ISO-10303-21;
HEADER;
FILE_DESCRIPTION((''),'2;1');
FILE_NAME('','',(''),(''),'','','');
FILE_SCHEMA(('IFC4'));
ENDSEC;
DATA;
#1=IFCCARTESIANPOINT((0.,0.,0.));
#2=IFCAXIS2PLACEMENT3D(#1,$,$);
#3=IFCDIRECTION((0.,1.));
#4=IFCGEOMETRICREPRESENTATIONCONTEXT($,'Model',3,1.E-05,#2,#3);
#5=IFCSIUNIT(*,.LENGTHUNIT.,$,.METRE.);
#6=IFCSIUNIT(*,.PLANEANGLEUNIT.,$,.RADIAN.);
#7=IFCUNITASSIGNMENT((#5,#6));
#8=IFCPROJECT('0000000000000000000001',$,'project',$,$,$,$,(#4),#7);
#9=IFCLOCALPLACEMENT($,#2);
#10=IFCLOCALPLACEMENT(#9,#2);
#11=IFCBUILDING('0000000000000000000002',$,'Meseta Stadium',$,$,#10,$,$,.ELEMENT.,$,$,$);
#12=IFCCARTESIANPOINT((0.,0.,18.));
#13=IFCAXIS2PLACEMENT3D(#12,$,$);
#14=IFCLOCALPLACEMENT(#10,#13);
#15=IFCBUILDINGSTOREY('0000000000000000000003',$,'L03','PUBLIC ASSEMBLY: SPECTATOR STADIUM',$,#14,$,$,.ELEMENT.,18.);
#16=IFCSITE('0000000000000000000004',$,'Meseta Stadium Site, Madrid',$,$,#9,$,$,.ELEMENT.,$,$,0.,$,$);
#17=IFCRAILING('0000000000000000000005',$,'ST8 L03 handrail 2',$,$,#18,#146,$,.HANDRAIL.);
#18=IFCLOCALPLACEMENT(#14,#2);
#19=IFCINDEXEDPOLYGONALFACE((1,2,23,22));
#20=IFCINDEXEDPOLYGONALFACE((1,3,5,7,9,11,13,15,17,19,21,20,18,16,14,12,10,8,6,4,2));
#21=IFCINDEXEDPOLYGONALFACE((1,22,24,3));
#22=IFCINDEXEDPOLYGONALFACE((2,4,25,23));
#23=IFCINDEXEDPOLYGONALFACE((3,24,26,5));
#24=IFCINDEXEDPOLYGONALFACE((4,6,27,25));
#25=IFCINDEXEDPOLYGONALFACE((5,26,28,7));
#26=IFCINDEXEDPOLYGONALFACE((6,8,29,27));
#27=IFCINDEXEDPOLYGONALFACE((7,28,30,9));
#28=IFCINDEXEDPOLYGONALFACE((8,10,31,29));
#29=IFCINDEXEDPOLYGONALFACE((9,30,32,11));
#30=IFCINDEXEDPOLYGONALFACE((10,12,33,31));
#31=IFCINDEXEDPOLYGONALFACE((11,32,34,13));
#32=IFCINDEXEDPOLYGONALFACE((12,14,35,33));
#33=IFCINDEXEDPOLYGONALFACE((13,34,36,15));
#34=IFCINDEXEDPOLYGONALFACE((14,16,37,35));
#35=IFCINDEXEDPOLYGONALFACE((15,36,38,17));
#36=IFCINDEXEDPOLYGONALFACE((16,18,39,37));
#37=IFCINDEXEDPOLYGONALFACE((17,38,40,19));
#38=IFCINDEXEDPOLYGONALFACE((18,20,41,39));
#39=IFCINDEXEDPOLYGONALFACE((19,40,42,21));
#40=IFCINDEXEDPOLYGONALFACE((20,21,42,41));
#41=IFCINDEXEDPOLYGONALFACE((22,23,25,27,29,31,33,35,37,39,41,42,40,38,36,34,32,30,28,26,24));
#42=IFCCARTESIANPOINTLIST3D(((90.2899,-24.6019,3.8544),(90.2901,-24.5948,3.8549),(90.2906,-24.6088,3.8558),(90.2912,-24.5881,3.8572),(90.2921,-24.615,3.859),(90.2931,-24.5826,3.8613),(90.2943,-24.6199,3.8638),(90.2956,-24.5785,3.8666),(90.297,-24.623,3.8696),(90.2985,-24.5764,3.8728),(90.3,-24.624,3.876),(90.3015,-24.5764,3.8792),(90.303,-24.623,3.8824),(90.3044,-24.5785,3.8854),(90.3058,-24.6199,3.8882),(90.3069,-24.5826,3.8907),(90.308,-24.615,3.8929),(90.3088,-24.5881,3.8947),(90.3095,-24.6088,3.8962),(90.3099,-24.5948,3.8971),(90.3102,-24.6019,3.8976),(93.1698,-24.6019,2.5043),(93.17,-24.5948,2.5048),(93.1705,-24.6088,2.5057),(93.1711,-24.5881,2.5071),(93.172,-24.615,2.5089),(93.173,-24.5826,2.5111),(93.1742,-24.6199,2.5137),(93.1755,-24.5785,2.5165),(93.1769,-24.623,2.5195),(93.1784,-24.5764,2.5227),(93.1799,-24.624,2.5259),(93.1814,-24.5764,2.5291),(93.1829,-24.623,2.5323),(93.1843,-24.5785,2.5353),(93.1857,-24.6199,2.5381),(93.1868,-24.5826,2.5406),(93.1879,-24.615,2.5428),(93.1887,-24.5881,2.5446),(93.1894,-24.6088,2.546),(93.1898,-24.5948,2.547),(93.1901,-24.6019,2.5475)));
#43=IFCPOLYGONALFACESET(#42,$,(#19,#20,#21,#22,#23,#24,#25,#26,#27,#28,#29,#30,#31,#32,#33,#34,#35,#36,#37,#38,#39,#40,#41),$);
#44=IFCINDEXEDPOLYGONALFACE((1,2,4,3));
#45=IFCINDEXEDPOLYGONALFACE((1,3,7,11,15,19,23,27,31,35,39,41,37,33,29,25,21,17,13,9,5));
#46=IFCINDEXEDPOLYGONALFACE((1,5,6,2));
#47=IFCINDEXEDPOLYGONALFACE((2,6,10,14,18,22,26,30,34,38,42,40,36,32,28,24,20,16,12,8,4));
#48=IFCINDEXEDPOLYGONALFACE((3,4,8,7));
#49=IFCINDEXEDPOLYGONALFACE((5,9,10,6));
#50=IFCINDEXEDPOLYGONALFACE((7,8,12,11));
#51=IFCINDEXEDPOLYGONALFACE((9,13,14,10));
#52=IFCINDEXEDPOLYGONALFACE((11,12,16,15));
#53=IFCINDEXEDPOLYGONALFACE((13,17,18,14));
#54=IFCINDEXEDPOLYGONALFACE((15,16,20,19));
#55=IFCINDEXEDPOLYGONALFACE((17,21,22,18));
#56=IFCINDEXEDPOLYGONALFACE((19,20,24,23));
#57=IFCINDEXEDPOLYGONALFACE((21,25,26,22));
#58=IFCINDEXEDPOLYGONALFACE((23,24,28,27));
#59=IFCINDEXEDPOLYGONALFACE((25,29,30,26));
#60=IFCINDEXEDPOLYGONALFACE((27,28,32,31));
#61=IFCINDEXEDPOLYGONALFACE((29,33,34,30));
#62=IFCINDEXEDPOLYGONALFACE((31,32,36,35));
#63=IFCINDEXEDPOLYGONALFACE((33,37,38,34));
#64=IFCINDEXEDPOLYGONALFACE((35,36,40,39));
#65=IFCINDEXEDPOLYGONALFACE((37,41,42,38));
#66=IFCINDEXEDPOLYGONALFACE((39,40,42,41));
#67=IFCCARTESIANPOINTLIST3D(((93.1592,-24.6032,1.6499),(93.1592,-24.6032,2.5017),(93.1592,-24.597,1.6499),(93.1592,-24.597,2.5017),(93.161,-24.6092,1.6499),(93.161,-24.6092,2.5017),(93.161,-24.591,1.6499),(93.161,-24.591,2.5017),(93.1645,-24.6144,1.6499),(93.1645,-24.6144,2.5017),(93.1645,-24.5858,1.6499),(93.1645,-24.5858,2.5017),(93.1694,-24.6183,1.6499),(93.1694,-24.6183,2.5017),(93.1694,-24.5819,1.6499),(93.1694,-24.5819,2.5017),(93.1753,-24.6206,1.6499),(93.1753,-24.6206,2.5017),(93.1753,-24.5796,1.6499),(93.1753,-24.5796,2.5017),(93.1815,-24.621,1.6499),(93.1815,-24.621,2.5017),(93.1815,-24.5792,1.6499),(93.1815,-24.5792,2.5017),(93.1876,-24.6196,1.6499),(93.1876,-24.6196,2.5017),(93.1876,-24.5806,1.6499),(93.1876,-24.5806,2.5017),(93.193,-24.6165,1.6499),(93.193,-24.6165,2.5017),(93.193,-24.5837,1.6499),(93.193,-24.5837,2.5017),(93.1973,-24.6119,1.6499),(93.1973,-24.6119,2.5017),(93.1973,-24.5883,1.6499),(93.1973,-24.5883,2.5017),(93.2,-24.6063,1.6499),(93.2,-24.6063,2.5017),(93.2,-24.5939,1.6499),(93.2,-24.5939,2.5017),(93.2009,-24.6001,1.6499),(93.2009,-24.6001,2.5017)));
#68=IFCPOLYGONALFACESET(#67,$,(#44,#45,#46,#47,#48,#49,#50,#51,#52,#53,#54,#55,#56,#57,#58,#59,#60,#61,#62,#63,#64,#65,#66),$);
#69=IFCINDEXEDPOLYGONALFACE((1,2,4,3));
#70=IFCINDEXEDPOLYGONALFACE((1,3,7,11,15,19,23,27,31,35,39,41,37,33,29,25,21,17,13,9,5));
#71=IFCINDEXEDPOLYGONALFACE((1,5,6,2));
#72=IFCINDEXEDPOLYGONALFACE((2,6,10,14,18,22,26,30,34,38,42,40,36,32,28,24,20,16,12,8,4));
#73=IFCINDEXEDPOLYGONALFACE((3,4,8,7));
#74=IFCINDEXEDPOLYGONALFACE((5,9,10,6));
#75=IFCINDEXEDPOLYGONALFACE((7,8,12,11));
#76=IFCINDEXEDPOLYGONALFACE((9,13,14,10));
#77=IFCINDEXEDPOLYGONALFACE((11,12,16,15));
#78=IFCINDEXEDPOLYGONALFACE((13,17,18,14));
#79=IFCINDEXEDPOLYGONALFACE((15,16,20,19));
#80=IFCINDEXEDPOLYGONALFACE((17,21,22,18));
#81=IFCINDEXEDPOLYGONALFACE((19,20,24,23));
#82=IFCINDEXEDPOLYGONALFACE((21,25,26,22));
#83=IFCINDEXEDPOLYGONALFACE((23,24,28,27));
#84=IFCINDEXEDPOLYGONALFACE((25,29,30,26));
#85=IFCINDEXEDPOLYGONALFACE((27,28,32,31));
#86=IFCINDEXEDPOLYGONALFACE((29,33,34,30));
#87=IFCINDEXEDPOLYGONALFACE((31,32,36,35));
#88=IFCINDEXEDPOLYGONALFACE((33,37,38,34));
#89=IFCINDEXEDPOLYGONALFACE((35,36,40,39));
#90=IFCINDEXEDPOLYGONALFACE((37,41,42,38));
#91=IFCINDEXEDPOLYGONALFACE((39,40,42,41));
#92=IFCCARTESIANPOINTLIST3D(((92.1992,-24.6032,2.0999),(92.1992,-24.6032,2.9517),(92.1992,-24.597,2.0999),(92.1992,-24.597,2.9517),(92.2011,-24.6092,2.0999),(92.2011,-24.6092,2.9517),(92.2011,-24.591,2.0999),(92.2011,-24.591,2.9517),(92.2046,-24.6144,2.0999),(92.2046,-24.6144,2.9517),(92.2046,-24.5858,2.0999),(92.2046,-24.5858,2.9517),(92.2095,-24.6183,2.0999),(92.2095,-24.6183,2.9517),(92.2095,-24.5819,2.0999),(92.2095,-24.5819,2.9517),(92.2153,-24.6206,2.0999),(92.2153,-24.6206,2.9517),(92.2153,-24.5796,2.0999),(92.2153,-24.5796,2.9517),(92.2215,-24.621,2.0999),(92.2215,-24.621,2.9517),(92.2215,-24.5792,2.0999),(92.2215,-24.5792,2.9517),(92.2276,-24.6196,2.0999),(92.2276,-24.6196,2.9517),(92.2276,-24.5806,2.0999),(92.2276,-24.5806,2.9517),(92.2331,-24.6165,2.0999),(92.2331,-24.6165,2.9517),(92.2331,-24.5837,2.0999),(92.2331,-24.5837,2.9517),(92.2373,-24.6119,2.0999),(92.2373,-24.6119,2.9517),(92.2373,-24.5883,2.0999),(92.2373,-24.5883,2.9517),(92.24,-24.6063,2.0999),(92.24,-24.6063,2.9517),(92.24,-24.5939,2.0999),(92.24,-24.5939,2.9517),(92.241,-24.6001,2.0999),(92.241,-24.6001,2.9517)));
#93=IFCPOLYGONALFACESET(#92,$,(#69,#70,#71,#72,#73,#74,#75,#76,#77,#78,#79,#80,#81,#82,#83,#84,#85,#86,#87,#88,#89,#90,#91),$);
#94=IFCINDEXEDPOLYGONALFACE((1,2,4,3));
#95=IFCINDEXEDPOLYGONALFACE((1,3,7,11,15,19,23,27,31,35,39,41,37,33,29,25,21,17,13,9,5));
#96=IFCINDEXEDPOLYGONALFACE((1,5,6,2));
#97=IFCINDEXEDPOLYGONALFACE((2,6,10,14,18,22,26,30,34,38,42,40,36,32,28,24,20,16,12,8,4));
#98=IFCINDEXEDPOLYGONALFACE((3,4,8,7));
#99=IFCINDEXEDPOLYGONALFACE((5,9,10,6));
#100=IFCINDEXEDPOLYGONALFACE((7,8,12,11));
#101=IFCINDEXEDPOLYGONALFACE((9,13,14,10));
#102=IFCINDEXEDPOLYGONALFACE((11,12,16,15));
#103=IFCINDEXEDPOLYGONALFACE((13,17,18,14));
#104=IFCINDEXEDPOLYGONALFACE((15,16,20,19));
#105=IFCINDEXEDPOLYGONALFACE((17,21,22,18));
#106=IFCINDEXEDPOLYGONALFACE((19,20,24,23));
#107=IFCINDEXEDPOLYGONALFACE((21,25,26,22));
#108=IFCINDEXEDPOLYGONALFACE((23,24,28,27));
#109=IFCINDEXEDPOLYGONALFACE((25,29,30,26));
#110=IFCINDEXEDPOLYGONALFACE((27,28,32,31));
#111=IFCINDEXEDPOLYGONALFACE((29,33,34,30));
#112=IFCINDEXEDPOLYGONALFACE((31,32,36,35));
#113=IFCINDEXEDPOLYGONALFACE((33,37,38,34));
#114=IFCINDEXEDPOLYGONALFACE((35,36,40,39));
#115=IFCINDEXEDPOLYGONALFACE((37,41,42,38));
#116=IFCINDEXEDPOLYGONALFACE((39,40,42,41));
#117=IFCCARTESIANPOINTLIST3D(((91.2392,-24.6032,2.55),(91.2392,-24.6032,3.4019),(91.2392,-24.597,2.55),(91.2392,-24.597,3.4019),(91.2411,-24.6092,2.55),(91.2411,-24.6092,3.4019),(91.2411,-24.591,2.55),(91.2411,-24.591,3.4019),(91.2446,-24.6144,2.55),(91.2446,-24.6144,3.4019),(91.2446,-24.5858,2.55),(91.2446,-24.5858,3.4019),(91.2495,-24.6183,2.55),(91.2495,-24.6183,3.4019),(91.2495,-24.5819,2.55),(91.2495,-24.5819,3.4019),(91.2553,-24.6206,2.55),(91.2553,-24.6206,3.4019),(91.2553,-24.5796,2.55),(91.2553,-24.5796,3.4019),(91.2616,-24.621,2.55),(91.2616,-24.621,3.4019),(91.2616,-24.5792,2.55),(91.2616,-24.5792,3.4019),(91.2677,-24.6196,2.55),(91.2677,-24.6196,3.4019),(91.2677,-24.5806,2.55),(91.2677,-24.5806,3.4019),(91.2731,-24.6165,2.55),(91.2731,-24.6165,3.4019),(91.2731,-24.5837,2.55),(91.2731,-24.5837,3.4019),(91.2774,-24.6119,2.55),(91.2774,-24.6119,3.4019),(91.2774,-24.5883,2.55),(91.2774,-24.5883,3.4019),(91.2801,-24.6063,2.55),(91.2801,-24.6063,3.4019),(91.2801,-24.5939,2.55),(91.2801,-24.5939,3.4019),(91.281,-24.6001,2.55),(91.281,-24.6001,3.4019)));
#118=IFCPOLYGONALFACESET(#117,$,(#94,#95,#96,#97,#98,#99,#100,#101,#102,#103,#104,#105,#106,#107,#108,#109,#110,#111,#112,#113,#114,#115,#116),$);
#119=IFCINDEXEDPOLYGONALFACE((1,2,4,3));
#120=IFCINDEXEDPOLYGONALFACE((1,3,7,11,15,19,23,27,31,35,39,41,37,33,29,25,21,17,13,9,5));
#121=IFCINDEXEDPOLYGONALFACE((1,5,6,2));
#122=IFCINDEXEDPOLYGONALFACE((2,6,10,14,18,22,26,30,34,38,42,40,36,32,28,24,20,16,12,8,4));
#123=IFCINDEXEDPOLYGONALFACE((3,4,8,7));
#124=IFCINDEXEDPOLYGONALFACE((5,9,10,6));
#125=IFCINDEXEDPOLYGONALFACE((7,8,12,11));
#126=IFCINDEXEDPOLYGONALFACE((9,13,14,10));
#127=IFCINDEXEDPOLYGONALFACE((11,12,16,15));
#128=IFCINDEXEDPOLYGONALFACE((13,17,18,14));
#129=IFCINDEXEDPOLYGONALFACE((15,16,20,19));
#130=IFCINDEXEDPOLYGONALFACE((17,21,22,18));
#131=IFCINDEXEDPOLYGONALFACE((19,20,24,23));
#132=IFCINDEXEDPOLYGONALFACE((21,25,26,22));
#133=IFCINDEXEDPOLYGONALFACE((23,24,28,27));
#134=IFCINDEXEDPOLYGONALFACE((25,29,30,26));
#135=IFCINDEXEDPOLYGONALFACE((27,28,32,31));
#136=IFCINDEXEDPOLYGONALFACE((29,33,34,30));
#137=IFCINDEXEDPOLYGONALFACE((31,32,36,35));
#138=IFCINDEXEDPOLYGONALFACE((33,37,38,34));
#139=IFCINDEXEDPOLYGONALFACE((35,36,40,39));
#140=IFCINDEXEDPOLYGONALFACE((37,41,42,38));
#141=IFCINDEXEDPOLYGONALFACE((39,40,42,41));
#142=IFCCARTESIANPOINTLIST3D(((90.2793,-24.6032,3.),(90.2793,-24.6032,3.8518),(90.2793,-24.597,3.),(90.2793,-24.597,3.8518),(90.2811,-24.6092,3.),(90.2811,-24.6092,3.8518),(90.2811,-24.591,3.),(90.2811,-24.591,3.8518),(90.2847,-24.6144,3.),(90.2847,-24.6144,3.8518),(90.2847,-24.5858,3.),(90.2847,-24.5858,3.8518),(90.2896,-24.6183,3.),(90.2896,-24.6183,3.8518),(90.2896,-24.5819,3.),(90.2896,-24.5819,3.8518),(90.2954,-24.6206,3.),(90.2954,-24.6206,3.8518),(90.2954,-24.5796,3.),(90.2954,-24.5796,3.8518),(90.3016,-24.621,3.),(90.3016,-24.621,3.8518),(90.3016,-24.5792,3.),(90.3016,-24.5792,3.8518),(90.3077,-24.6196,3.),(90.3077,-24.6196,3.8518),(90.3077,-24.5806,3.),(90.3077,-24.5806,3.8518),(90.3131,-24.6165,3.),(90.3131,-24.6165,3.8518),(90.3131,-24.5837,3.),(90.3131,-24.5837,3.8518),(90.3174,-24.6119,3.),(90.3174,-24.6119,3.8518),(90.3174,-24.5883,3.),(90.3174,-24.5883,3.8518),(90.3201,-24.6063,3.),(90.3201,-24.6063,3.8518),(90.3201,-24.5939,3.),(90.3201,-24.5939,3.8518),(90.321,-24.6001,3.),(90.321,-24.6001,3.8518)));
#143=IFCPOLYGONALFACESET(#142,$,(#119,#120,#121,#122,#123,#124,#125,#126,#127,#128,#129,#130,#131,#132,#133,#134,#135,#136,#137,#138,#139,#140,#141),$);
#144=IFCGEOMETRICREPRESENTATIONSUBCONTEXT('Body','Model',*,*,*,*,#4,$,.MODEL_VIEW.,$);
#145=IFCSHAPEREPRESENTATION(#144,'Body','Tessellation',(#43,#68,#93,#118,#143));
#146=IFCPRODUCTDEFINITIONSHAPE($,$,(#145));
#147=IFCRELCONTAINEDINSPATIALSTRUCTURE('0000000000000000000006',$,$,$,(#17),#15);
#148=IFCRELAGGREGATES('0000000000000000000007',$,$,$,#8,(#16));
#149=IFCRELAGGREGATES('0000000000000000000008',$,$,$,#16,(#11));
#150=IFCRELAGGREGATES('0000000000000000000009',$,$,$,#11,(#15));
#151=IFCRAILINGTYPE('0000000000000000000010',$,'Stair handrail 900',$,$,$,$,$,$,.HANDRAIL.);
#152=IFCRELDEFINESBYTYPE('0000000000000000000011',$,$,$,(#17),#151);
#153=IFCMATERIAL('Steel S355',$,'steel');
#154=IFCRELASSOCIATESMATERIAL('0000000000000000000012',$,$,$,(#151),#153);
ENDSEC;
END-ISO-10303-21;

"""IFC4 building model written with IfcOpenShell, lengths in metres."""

from ifc_helpers import new_model, si_unit, direction, frame, origin, origin_2d, place, context, subcontext, project, spatial, circle, extrude, material, type_object, element, save


model = new_model("IFC4")

# Units and contexts
model_context = context("Model", 3, precision=1e-05, world=origin(), true_north=direction((0.0, 1.0)))
body_context = subcontext(model_context, "Body", "Model", "MODEL_VIEW")
ifc_project = project(units=[si_unit("LENGTHUNIT", "METRE"), si_unit("PLANEANGLEUNIT", "RADIAN")], contexts=[model_context])

# Site, building, storey
site_placement = place(None, origin())
site = spatial("IfcSite", under=ifc_project, at=site_placement, Name="Meseta Stadium Site, Madrid", CompositionType="ELEMENT", RefElevation=0.0)
building_placement = place(site_placement, origin())
building = spatial("IfcBuilding", under=site, at=building_placement, Name="Meseta Stadium", CompositionType="ELEMENT")
storey_placement = place(building_placement, frame((0.0, 0.0, 18.0)))
storey = spatial("IfcBuildingStorey", under=building, at=storey_placement, Name="L03", Description="PUBLIC ASSEMBLY: SPECTATOR STADIUM", CompositionType="ELEMENT", Elevation=18.0)

# Railing
ifc_material_1 = material(Name="Steel S355", Category="steel")
railing_type_1 = type_object("IfcRailingType", Name="Stair handrail 900", PredefinedType="HANDRAIL", material=ifc_material_1)
for number, where, name in (
    (1, (93.1799, -24.6001, 1.6499), "ST8 L03 handrail 2"),
):
    element("IfcRailing", number, at=place(storey_placement, frame(where)), inside=storey, type_object=railing_type_1, Name=name, PredefinedType="HANDRAIL", context=body_context, shape_type="SweptSolid", body=[
        extrude(circle(Radius=0.0239, at=origin_2d()), frame((0.0, 0.0, 0.876), z_axis=(-0.90544, 0.0, 0.424473), x_axis=(0.0, -1.0, 0.0)), (0.0, 0.0, 1.0), 3.1807),
        extrude(circle(Radius=0.021, at=origin_2d()), origin(), (0.0, 0.0, 1.0), 0.8518),
        extrude(circle(Radius=0.021, at=origin_2d()), frame((-0.96, 0.0, 0.45)), (0.0, 0.0, 1.0), 0.8518),
        extrude(circle(Radius=0.021, at=origin_2d()), frame((-1.9199, 0.0, 0.9001)), (0.0, 0.0, 1.0), 0.8518),
        extrude(circle(Radius=0.021, at=origin_2d()), frame((-2.8799, 0.0, 1.3501)), (0.0, 0.0, 1.0), 0.8518),
    ])

save(model, "model.ifc")
